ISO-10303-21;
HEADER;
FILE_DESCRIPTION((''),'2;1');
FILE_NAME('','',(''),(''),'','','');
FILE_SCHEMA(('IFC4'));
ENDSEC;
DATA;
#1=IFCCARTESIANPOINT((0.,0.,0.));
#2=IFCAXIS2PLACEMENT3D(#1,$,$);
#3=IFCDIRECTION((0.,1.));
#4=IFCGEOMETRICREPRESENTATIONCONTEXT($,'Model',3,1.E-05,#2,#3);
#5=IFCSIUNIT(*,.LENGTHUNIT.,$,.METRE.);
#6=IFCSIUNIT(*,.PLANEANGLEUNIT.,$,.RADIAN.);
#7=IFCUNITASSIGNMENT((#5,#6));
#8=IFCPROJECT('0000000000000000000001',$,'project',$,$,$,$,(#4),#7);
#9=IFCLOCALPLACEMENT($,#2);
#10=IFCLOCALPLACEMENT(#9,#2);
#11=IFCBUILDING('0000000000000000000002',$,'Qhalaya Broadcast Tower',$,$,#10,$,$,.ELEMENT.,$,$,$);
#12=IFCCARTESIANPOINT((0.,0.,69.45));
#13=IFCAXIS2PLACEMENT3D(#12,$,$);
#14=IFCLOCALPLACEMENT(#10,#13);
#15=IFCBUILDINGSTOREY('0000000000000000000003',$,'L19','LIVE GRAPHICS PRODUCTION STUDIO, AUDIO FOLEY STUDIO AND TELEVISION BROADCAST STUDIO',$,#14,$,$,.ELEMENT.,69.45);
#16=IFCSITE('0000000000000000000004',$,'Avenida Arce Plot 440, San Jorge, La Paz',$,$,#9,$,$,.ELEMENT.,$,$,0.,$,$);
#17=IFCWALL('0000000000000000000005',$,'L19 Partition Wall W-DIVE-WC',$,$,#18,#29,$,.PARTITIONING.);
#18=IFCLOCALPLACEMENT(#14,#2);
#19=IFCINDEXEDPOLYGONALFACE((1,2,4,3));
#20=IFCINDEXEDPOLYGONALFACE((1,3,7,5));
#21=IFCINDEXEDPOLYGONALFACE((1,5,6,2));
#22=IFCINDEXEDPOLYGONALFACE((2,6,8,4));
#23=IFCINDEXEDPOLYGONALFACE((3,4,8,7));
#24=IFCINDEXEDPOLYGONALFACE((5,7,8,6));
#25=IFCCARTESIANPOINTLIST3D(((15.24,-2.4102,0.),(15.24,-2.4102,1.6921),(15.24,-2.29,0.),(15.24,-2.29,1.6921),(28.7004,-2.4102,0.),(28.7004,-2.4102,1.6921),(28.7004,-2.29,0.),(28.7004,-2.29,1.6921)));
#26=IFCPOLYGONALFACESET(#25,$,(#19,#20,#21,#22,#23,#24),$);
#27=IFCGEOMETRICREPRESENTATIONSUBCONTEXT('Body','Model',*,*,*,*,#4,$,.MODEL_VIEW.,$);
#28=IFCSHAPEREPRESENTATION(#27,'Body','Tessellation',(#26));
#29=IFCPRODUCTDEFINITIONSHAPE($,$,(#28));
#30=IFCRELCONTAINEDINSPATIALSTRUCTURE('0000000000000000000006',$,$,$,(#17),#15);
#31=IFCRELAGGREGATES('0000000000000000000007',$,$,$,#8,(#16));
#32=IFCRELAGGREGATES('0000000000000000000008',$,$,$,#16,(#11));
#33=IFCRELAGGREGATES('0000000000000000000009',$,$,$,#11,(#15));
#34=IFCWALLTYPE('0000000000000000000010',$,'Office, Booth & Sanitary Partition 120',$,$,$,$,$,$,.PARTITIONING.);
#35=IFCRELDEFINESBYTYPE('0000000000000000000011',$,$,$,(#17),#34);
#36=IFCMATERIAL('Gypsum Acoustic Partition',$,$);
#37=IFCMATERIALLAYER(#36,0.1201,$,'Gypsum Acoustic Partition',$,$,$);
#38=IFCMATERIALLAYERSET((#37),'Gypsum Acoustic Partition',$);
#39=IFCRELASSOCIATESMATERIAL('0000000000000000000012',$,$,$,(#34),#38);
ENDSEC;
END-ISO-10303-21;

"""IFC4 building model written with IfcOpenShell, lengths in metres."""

from ifc_helpers import new_model, si_unit, direction, frame, frame_2d, origin, place, context, subcontext, project, spatial, rectangle, extrude, material, layer, layer_set, type_object, element, save


model = new_model("IFC4")

# Units and contexts
model_context = context("Model", 3, precision=1e-05, world=origin(), true_north=direction((0.0, 1.0)))
body_context = subcontext(model_context, "Body", "Model", "MODEL_VIEW")
ifc_project = project(units=[si_unit("LENGTHUNIT", "METRE"), si_unit("PLANEANGLEUNIT", "RADIAN")], contexts=[model_context])

# Site, building, storey
site_placement = place(None, origin())
site = spatial("IfcSite", under=ifc_project, at=site_placement, Name="Avenida Arce Plot 440, San Jorge, La Paz", CompositionType="ELEMENT", RefElevation=0.0)
building_placement = place(site_placement, origin())
building = spatial("IfcBuilding", under=site, at=building_placement, Name="Qhalaya Broadcast Tower", CompositionType="ELEMENT")
storey_placement = place(building_placement, frame((0.0, 0.0, 69.45)))
storey = spatial("IfcBuildingStorey", under=building, at=storey_placement, Name="L19", Description="LIVE GRAPHICS PRODUCTION STUDIO, AUDIO FOLEY STUDIO AND TELEVISION BROADCAST STUDIO", CompositionType="ELEMENT", Elevation=69.45)

# Shared definitions
ifc_material_1 = material(Name="Gypsum Acoustic Partition")
ifc_layer_1 = layer(ifc_material_1, 0.1201, Name="Gypsum Acoustic Partition")
ifc_layer_set_1 = layer_set([ifc_layer_1], Name="Gypsum Acoustic Partition")
wall_type = type_object("IfcWallType", Name="Office, Booth & Sanitary Partition 120", PredefinedType="PARTITIONING", material=ifc_layer_set_1)

# Wall
wall_1_placement = place(storey_placement, frame((15.24, -2.3501, 0.0), z_axis=(0.0, 0.0, 1.0), x_axis=(1.0, 0.0, 0.0)))
element("IfcWall", 1, at=wall_1_placement, inside=storey, type_object=wall_type, Name="L19 Partition Wall W-DIVE-WC", PredefinedType="PARTITIONING", context=body_context, shape_type="SweptSolid", body=[
    extrude(rectangle(XDim=13.4604, YDim=0.1201, at=frame_2d((6.7302, 0.0))), origin(), (0.0, 0.0, 1.0), 1.6921),
])

save(model, "model.ifc")
